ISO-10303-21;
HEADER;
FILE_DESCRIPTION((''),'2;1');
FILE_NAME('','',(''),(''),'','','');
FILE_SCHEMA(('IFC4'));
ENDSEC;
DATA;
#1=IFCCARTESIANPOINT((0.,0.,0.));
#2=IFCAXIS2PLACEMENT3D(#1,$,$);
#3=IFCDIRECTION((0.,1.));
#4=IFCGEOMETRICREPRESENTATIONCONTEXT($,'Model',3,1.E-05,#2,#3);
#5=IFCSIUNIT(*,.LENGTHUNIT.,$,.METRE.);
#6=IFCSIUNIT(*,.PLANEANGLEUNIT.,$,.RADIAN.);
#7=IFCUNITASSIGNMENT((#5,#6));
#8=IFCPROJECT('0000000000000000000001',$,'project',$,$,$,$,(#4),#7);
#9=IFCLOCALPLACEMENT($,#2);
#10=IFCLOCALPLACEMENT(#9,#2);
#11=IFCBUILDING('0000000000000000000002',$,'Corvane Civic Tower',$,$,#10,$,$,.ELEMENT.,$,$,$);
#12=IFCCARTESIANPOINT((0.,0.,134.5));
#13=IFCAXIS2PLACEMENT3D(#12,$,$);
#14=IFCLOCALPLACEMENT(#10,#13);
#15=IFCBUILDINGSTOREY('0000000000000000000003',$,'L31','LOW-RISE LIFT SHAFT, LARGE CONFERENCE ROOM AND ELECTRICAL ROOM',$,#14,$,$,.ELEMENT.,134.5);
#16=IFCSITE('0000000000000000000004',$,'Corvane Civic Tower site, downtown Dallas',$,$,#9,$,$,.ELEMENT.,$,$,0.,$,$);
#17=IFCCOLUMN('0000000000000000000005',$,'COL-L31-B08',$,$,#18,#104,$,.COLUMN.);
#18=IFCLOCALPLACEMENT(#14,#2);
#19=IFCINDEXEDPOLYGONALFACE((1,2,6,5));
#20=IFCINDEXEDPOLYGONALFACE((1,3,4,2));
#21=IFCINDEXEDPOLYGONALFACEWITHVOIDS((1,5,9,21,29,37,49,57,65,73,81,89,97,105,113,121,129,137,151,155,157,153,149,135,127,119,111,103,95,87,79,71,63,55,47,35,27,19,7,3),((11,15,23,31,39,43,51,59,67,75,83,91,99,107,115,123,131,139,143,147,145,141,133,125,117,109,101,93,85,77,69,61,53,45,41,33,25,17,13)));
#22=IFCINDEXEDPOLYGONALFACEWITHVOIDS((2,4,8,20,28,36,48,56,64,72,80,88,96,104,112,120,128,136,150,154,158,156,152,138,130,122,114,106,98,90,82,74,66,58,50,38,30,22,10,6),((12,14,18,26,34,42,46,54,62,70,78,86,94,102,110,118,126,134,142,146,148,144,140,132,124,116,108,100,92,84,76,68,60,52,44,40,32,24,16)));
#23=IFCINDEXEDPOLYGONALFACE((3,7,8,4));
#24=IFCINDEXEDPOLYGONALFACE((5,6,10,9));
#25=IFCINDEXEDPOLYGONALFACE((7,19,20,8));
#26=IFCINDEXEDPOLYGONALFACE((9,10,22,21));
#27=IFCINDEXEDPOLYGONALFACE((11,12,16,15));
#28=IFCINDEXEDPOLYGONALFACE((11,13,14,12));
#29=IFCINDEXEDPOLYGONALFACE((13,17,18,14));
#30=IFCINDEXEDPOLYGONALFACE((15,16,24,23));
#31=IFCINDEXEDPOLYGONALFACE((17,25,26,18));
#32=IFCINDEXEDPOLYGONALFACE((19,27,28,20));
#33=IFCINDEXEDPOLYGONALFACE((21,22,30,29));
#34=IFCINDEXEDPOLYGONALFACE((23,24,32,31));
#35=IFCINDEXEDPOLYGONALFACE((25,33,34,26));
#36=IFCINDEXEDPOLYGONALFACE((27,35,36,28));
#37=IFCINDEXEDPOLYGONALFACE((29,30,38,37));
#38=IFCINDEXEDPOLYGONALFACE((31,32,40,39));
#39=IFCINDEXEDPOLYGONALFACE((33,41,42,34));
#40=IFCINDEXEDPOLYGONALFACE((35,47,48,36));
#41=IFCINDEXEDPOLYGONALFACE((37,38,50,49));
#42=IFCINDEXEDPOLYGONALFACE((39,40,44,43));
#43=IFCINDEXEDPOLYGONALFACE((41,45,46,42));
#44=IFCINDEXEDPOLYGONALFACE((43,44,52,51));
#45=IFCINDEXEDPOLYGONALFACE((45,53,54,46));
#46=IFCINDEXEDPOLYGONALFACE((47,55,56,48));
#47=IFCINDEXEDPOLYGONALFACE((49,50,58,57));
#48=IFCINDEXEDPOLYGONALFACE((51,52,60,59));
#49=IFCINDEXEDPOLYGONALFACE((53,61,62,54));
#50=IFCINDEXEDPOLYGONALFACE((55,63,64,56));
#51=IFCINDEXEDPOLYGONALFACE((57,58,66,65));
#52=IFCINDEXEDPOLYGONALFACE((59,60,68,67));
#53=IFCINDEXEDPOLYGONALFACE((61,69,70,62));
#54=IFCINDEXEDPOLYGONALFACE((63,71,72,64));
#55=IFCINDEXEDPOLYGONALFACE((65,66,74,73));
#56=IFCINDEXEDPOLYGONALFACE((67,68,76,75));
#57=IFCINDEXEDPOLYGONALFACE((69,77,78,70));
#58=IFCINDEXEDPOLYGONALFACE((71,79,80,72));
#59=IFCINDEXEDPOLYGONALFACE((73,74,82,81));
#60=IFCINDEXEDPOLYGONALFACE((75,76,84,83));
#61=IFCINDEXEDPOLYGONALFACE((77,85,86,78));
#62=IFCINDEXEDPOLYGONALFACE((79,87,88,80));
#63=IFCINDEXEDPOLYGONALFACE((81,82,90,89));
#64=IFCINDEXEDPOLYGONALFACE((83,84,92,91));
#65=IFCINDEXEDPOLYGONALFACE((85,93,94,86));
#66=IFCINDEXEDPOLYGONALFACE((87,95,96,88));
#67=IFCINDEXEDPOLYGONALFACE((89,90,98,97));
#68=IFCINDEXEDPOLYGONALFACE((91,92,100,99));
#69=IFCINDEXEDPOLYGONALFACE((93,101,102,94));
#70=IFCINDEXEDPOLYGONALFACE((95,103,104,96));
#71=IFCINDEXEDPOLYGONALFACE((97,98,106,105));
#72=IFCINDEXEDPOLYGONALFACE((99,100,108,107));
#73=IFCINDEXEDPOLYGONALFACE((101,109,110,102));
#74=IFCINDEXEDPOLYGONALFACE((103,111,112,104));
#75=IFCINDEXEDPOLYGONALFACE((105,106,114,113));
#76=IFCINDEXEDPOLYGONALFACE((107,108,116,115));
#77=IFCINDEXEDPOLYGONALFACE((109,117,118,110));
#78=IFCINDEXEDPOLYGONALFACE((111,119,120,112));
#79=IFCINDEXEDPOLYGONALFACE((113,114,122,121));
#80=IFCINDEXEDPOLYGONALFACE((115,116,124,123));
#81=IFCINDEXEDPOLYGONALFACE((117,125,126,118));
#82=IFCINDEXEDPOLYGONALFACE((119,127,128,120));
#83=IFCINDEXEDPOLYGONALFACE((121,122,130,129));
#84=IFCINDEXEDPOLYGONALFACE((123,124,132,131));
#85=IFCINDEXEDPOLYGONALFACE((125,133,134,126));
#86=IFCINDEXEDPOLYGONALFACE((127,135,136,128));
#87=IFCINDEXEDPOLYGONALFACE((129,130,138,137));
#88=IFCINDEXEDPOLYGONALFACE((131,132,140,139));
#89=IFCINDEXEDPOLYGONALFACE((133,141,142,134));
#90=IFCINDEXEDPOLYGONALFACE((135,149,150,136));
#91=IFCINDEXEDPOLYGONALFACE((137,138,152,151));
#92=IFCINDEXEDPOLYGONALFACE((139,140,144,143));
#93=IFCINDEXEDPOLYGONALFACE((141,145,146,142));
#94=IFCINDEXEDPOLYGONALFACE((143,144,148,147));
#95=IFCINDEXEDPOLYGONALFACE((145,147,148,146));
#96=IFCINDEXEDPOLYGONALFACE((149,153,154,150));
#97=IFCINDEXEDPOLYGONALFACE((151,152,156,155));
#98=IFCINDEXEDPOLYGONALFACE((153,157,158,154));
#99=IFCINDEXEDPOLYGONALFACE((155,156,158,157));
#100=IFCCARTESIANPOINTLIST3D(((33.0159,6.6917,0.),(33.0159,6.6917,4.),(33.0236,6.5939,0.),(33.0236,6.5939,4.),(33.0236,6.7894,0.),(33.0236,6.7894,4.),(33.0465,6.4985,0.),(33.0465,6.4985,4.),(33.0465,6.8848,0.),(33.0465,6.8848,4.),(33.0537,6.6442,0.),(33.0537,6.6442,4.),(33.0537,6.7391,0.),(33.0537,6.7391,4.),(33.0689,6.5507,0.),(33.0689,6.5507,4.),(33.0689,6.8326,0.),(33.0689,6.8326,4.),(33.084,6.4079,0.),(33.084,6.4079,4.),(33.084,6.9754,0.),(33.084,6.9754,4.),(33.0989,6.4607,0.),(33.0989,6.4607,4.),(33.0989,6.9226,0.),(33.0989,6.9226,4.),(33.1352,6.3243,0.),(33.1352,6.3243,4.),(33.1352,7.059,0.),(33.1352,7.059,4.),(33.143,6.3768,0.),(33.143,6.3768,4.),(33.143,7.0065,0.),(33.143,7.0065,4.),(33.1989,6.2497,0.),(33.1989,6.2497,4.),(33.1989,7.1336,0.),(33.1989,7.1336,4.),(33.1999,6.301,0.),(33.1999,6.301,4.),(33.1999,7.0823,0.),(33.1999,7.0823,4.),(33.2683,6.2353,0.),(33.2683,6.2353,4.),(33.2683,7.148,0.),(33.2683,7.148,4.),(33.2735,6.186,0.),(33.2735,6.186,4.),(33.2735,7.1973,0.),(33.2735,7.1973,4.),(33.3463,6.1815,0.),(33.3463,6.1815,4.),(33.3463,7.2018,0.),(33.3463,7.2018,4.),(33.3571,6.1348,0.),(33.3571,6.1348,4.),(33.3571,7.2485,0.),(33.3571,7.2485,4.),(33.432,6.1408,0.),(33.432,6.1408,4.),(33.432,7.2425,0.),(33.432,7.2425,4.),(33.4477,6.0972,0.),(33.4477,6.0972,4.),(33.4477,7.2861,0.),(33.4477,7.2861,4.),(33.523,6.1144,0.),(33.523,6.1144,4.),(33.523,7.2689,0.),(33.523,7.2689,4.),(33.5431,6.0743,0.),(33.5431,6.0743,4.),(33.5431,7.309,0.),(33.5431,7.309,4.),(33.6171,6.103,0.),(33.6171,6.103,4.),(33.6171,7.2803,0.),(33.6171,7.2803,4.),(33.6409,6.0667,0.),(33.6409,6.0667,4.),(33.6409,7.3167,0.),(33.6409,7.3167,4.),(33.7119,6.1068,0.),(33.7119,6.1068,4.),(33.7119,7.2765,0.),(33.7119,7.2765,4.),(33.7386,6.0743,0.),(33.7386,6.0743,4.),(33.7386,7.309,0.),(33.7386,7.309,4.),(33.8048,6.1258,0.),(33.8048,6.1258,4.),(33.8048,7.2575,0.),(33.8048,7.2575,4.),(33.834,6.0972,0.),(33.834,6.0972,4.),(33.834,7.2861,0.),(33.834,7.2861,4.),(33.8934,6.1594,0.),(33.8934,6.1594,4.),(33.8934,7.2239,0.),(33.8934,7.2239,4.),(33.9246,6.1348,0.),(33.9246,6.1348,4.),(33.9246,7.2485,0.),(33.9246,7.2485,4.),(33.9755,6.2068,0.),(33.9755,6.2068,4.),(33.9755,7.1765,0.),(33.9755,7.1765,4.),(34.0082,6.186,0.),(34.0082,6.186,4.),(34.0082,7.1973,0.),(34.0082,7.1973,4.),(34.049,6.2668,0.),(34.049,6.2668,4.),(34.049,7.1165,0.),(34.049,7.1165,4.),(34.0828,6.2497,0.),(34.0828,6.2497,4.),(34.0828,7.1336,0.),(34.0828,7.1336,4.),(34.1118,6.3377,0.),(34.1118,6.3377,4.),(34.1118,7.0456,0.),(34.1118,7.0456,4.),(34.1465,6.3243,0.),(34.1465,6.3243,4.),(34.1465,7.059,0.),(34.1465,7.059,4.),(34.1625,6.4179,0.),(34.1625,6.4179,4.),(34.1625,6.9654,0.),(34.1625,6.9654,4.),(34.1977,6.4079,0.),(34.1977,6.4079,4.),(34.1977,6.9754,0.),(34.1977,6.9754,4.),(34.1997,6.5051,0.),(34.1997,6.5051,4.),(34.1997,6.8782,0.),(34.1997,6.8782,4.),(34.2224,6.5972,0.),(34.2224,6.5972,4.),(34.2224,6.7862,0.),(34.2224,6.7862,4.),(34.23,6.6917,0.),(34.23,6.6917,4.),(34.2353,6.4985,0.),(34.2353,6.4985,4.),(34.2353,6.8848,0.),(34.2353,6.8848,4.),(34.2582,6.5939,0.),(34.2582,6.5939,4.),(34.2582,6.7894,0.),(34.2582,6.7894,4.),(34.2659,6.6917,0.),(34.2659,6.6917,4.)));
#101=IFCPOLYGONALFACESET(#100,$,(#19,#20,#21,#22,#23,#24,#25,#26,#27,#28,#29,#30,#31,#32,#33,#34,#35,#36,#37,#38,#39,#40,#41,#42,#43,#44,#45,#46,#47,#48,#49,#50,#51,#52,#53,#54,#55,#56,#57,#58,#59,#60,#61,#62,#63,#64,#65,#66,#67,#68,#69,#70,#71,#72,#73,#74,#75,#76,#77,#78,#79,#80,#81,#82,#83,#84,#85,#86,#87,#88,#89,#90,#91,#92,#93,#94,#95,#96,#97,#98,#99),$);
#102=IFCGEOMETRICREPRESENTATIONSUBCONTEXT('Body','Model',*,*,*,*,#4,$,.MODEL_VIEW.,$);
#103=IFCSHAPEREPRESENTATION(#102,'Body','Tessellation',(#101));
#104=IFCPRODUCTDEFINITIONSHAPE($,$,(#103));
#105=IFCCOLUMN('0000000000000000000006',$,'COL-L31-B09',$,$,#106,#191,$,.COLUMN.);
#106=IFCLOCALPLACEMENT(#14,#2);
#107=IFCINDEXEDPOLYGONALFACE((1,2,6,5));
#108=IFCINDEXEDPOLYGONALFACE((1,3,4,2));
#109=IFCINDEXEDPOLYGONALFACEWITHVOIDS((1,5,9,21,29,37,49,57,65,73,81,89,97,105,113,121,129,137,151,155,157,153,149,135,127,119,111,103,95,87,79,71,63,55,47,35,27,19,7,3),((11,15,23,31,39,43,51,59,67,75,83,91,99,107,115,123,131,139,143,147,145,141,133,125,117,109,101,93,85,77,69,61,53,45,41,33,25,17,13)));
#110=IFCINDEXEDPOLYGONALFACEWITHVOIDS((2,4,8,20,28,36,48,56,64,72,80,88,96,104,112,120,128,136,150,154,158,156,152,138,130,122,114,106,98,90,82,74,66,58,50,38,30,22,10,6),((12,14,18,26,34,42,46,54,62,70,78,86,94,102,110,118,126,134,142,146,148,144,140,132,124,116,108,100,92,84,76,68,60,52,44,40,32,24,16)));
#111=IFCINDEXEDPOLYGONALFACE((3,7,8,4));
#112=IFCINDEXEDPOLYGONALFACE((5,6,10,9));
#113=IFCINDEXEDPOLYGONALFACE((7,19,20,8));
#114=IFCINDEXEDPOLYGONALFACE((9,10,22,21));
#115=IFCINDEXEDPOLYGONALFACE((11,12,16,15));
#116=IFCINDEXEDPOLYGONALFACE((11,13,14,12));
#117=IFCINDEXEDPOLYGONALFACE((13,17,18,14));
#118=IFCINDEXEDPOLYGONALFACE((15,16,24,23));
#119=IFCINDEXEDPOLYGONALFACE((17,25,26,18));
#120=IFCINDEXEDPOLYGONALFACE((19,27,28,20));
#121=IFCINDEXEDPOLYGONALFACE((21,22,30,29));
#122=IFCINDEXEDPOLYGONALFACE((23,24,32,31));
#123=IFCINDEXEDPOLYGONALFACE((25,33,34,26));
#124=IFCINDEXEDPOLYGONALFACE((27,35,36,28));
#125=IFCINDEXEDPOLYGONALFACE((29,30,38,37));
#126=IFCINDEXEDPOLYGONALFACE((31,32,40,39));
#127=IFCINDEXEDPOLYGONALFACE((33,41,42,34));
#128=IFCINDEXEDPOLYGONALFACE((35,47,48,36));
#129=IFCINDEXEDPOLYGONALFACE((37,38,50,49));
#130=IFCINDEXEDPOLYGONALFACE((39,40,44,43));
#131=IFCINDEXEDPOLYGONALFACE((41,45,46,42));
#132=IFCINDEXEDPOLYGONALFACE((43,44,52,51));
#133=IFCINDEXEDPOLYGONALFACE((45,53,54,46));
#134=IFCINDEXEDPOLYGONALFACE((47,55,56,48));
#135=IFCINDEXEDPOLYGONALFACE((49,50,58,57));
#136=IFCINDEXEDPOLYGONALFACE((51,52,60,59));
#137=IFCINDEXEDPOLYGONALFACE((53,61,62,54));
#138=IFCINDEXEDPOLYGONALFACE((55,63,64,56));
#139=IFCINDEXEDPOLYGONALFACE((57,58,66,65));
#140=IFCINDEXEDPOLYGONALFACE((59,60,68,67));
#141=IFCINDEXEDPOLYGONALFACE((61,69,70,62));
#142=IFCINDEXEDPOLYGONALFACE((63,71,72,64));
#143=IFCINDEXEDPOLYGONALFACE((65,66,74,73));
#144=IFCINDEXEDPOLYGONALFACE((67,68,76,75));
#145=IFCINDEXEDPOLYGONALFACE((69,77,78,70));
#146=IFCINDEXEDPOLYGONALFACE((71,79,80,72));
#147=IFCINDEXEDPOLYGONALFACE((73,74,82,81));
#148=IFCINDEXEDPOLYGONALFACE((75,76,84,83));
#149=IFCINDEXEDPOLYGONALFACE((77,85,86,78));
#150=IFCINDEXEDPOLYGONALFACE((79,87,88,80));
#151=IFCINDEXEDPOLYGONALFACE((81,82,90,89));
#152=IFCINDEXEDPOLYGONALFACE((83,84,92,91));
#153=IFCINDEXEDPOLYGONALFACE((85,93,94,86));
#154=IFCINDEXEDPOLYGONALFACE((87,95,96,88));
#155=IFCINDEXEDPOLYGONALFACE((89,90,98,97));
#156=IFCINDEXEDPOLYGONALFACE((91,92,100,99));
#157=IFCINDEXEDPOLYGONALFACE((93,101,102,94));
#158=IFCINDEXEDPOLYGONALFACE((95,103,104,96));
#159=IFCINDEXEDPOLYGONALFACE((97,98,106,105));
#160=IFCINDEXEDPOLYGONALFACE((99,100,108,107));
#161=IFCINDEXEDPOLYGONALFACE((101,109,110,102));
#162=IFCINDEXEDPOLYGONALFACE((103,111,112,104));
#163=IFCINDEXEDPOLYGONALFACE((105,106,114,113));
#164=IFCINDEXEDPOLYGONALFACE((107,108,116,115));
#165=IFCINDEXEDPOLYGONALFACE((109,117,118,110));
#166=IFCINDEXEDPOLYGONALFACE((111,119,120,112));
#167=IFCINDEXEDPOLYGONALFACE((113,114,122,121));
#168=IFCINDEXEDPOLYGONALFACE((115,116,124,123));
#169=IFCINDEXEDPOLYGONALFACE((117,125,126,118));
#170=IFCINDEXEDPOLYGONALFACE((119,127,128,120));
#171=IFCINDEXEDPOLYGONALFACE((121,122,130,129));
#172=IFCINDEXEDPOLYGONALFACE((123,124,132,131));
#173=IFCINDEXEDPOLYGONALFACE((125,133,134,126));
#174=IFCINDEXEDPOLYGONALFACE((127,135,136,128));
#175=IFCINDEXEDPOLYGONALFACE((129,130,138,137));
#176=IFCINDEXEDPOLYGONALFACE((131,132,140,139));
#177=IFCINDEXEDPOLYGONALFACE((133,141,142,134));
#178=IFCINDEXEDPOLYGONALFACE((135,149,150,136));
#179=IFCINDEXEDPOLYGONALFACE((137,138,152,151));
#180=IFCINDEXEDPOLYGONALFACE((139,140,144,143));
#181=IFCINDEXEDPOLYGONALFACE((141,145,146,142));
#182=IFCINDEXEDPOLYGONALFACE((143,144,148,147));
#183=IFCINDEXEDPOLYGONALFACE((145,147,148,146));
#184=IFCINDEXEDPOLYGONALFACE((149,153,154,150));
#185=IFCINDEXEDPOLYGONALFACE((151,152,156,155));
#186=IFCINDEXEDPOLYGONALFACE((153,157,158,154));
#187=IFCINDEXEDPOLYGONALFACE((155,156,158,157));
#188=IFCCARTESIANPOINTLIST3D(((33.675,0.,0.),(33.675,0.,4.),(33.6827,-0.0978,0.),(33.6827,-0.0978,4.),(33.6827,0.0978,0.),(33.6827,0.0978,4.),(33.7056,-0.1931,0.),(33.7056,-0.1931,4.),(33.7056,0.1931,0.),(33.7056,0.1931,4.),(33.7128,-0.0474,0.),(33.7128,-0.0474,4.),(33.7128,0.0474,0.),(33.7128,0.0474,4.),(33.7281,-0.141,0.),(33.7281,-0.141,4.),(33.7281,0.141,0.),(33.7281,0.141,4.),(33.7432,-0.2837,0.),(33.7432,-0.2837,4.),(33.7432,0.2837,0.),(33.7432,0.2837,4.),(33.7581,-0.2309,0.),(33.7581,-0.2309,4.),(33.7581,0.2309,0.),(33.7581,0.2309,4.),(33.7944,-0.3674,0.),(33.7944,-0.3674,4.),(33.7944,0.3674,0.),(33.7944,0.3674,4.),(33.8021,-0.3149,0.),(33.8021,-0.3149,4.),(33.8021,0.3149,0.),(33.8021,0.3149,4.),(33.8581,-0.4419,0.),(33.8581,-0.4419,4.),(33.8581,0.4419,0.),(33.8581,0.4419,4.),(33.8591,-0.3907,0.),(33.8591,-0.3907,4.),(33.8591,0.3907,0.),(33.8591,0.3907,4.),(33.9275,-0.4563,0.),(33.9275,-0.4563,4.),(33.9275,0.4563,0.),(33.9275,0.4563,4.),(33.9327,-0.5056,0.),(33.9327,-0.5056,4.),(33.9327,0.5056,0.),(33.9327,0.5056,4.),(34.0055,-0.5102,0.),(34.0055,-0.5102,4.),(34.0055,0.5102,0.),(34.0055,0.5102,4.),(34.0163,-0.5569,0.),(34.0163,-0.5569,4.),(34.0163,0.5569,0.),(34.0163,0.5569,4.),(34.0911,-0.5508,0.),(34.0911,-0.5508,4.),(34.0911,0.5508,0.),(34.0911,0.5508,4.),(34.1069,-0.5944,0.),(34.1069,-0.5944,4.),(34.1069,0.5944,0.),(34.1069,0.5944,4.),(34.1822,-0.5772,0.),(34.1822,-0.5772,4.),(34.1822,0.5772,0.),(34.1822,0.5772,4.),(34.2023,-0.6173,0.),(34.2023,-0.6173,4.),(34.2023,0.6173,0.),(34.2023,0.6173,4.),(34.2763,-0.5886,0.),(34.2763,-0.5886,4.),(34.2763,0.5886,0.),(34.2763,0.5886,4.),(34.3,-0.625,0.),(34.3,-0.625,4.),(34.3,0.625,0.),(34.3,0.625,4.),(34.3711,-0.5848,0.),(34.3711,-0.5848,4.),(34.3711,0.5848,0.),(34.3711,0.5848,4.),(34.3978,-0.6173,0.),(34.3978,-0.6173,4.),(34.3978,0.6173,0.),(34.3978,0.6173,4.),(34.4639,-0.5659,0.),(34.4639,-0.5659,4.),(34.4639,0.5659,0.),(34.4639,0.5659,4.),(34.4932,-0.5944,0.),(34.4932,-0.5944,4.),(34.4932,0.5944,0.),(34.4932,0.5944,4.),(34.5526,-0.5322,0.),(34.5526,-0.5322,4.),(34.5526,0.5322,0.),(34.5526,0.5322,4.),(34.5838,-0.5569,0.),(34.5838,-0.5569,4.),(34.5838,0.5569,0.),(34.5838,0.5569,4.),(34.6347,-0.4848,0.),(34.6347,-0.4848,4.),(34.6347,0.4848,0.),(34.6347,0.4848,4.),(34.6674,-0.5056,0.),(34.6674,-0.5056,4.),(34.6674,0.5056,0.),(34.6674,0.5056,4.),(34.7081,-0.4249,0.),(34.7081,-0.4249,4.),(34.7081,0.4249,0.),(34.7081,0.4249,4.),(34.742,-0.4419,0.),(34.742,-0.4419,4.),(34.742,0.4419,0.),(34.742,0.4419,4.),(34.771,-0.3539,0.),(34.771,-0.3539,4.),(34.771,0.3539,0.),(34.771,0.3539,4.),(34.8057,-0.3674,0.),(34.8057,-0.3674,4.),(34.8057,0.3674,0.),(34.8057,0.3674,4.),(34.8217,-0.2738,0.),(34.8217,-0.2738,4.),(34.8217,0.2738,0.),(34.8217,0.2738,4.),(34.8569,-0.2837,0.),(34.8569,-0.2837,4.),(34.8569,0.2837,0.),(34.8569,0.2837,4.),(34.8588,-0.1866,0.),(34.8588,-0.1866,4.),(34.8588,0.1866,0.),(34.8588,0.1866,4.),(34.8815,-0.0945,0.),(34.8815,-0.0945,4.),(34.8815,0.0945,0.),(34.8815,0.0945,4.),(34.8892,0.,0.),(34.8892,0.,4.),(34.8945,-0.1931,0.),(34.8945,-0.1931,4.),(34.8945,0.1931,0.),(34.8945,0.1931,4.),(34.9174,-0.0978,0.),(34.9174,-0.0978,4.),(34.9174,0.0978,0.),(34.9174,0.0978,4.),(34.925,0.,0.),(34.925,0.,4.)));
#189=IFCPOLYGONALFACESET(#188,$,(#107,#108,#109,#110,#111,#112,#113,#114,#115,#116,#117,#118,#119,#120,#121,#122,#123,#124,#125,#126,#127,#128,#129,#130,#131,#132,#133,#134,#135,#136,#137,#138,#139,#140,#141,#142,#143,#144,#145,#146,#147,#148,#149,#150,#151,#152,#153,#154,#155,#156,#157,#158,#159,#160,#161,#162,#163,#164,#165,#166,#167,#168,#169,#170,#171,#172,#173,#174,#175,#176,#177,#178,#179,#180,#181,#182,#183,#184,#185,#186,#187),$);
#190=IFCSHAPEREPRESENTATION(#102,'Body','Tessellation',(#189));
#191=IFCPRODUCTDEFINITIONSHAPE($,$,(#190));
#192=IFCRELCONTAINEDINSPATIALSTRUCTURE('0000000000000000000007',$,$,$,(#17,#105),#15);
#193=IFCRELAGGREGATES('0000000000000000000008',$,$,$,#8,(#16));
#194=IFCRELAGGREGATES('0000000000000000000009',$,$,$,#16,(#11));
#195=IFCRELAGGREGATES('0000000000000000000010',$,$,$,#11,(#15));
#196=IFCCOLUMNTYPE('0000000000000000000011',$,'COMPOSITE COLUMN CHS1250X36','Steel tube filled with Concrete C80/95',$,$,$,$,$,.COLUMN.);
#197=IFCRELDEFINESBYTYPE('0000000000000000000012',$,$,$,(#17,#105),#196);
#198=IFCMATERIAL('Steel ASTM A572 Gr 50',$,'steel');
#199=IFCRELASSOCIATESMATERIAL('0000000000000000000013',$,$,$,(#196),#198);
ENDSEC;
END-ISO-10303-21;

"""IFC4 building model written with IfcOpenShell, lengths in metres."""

from ifc_helpers import new_model, si_unit, direction, frame, origin, origin_2d, place, context, subcontext, project, spatial, hollow_circle, extrude, material, material_profile, profile_set, type_object, element, save


model = new_model("IFC4")

# Units and contexts
model_context = context("Model", 3, precision=1e-05, world=origin(), true_north=direction((0.0, 1.0)))
body_context = subcontext(model_context, "Body", "Model", "MODEL_VIEW")
ifc_project = project(units=[si_unit("LENGTHUNIT", "METRE"), si_unit("PLANEANGLEUNIT", "RADIAN")], contexts=[model_context])

# Site, building, storey
site_placement = place(None, origin())
site = spatial("IfcSite", under=ifc_project, at=site_placement, Name="Corvane Civic Tower site, downtown Dallas", CompositionType="ELEMENT", RefElevation=0.0)
building_placement = place(site_placement, origin())
building = spatial("IfcBuilding", under=site, at=building_placement, Name="Corvane Civic Tower", CompositionType="ELEMENT")
storey_placement = place(building_placement, frame((0.0, 0.0, 134.5)))
storey = spatial("IfcBuildingStorey", under=building, at=storey_placement, Name="L31", Description="LOW-RISE LIFT SHAFT, LARGE CONFERENCE ROOM AND ELECTRICAL ROOM", CompositionType="ELEMENT", Elevation=134.5)

# Columns
ifc_material_1 = material(Name="Steel ASTM A572 Gr 50", Category="steel")
ifc_material_profile_1 = material_profile(ifc_material_1, hollow_circle(Radius=0.625, WallThickness=0.0359, at=origin_2d()), Name="CHS1250X36")
ifc_profile_set_1 = profile_set([ifc_material_profile_1], Name="Steel ASTM A572 Gr 50")
column_type = type_object("IfcColumnType", Name="COMPOSITE COLUMN CHS1250X36", Description="Steel tube filled with Concrete C80/95", PredefinedType="COLUMN", material=ifc_profile_set_1)
for number, where, z_axis, x_axis, name in (
    (1, (33.6409, 6.6917, 0.0), (0.0, 0.0, 1.0), (1.0, 0.0, 0.0), "COL-L31-B08"),
    (2, (34.3, 0.0, 0.0), (0.0, 0.0, 1.0), (1.0, 0.0, 0.0), "COL-L31-B09"),
):
    element("IfcColumn", number, at=place(storey_placement, frame(where, z_axis=z_axis, x_axis=x_axis)), inside=storey, type_object=column_type, Name=name, PredefinedType="COLUMN", context=body_context, shape_type="SweptSolid", body=[
        extrude(hollow_circle(Radius=0.625, WallThickness=0.0359, at=origin_2d()), origin(), (0.0, 0.0, 1.0), 4.0),
    ])

save(model, "model.ifc")
